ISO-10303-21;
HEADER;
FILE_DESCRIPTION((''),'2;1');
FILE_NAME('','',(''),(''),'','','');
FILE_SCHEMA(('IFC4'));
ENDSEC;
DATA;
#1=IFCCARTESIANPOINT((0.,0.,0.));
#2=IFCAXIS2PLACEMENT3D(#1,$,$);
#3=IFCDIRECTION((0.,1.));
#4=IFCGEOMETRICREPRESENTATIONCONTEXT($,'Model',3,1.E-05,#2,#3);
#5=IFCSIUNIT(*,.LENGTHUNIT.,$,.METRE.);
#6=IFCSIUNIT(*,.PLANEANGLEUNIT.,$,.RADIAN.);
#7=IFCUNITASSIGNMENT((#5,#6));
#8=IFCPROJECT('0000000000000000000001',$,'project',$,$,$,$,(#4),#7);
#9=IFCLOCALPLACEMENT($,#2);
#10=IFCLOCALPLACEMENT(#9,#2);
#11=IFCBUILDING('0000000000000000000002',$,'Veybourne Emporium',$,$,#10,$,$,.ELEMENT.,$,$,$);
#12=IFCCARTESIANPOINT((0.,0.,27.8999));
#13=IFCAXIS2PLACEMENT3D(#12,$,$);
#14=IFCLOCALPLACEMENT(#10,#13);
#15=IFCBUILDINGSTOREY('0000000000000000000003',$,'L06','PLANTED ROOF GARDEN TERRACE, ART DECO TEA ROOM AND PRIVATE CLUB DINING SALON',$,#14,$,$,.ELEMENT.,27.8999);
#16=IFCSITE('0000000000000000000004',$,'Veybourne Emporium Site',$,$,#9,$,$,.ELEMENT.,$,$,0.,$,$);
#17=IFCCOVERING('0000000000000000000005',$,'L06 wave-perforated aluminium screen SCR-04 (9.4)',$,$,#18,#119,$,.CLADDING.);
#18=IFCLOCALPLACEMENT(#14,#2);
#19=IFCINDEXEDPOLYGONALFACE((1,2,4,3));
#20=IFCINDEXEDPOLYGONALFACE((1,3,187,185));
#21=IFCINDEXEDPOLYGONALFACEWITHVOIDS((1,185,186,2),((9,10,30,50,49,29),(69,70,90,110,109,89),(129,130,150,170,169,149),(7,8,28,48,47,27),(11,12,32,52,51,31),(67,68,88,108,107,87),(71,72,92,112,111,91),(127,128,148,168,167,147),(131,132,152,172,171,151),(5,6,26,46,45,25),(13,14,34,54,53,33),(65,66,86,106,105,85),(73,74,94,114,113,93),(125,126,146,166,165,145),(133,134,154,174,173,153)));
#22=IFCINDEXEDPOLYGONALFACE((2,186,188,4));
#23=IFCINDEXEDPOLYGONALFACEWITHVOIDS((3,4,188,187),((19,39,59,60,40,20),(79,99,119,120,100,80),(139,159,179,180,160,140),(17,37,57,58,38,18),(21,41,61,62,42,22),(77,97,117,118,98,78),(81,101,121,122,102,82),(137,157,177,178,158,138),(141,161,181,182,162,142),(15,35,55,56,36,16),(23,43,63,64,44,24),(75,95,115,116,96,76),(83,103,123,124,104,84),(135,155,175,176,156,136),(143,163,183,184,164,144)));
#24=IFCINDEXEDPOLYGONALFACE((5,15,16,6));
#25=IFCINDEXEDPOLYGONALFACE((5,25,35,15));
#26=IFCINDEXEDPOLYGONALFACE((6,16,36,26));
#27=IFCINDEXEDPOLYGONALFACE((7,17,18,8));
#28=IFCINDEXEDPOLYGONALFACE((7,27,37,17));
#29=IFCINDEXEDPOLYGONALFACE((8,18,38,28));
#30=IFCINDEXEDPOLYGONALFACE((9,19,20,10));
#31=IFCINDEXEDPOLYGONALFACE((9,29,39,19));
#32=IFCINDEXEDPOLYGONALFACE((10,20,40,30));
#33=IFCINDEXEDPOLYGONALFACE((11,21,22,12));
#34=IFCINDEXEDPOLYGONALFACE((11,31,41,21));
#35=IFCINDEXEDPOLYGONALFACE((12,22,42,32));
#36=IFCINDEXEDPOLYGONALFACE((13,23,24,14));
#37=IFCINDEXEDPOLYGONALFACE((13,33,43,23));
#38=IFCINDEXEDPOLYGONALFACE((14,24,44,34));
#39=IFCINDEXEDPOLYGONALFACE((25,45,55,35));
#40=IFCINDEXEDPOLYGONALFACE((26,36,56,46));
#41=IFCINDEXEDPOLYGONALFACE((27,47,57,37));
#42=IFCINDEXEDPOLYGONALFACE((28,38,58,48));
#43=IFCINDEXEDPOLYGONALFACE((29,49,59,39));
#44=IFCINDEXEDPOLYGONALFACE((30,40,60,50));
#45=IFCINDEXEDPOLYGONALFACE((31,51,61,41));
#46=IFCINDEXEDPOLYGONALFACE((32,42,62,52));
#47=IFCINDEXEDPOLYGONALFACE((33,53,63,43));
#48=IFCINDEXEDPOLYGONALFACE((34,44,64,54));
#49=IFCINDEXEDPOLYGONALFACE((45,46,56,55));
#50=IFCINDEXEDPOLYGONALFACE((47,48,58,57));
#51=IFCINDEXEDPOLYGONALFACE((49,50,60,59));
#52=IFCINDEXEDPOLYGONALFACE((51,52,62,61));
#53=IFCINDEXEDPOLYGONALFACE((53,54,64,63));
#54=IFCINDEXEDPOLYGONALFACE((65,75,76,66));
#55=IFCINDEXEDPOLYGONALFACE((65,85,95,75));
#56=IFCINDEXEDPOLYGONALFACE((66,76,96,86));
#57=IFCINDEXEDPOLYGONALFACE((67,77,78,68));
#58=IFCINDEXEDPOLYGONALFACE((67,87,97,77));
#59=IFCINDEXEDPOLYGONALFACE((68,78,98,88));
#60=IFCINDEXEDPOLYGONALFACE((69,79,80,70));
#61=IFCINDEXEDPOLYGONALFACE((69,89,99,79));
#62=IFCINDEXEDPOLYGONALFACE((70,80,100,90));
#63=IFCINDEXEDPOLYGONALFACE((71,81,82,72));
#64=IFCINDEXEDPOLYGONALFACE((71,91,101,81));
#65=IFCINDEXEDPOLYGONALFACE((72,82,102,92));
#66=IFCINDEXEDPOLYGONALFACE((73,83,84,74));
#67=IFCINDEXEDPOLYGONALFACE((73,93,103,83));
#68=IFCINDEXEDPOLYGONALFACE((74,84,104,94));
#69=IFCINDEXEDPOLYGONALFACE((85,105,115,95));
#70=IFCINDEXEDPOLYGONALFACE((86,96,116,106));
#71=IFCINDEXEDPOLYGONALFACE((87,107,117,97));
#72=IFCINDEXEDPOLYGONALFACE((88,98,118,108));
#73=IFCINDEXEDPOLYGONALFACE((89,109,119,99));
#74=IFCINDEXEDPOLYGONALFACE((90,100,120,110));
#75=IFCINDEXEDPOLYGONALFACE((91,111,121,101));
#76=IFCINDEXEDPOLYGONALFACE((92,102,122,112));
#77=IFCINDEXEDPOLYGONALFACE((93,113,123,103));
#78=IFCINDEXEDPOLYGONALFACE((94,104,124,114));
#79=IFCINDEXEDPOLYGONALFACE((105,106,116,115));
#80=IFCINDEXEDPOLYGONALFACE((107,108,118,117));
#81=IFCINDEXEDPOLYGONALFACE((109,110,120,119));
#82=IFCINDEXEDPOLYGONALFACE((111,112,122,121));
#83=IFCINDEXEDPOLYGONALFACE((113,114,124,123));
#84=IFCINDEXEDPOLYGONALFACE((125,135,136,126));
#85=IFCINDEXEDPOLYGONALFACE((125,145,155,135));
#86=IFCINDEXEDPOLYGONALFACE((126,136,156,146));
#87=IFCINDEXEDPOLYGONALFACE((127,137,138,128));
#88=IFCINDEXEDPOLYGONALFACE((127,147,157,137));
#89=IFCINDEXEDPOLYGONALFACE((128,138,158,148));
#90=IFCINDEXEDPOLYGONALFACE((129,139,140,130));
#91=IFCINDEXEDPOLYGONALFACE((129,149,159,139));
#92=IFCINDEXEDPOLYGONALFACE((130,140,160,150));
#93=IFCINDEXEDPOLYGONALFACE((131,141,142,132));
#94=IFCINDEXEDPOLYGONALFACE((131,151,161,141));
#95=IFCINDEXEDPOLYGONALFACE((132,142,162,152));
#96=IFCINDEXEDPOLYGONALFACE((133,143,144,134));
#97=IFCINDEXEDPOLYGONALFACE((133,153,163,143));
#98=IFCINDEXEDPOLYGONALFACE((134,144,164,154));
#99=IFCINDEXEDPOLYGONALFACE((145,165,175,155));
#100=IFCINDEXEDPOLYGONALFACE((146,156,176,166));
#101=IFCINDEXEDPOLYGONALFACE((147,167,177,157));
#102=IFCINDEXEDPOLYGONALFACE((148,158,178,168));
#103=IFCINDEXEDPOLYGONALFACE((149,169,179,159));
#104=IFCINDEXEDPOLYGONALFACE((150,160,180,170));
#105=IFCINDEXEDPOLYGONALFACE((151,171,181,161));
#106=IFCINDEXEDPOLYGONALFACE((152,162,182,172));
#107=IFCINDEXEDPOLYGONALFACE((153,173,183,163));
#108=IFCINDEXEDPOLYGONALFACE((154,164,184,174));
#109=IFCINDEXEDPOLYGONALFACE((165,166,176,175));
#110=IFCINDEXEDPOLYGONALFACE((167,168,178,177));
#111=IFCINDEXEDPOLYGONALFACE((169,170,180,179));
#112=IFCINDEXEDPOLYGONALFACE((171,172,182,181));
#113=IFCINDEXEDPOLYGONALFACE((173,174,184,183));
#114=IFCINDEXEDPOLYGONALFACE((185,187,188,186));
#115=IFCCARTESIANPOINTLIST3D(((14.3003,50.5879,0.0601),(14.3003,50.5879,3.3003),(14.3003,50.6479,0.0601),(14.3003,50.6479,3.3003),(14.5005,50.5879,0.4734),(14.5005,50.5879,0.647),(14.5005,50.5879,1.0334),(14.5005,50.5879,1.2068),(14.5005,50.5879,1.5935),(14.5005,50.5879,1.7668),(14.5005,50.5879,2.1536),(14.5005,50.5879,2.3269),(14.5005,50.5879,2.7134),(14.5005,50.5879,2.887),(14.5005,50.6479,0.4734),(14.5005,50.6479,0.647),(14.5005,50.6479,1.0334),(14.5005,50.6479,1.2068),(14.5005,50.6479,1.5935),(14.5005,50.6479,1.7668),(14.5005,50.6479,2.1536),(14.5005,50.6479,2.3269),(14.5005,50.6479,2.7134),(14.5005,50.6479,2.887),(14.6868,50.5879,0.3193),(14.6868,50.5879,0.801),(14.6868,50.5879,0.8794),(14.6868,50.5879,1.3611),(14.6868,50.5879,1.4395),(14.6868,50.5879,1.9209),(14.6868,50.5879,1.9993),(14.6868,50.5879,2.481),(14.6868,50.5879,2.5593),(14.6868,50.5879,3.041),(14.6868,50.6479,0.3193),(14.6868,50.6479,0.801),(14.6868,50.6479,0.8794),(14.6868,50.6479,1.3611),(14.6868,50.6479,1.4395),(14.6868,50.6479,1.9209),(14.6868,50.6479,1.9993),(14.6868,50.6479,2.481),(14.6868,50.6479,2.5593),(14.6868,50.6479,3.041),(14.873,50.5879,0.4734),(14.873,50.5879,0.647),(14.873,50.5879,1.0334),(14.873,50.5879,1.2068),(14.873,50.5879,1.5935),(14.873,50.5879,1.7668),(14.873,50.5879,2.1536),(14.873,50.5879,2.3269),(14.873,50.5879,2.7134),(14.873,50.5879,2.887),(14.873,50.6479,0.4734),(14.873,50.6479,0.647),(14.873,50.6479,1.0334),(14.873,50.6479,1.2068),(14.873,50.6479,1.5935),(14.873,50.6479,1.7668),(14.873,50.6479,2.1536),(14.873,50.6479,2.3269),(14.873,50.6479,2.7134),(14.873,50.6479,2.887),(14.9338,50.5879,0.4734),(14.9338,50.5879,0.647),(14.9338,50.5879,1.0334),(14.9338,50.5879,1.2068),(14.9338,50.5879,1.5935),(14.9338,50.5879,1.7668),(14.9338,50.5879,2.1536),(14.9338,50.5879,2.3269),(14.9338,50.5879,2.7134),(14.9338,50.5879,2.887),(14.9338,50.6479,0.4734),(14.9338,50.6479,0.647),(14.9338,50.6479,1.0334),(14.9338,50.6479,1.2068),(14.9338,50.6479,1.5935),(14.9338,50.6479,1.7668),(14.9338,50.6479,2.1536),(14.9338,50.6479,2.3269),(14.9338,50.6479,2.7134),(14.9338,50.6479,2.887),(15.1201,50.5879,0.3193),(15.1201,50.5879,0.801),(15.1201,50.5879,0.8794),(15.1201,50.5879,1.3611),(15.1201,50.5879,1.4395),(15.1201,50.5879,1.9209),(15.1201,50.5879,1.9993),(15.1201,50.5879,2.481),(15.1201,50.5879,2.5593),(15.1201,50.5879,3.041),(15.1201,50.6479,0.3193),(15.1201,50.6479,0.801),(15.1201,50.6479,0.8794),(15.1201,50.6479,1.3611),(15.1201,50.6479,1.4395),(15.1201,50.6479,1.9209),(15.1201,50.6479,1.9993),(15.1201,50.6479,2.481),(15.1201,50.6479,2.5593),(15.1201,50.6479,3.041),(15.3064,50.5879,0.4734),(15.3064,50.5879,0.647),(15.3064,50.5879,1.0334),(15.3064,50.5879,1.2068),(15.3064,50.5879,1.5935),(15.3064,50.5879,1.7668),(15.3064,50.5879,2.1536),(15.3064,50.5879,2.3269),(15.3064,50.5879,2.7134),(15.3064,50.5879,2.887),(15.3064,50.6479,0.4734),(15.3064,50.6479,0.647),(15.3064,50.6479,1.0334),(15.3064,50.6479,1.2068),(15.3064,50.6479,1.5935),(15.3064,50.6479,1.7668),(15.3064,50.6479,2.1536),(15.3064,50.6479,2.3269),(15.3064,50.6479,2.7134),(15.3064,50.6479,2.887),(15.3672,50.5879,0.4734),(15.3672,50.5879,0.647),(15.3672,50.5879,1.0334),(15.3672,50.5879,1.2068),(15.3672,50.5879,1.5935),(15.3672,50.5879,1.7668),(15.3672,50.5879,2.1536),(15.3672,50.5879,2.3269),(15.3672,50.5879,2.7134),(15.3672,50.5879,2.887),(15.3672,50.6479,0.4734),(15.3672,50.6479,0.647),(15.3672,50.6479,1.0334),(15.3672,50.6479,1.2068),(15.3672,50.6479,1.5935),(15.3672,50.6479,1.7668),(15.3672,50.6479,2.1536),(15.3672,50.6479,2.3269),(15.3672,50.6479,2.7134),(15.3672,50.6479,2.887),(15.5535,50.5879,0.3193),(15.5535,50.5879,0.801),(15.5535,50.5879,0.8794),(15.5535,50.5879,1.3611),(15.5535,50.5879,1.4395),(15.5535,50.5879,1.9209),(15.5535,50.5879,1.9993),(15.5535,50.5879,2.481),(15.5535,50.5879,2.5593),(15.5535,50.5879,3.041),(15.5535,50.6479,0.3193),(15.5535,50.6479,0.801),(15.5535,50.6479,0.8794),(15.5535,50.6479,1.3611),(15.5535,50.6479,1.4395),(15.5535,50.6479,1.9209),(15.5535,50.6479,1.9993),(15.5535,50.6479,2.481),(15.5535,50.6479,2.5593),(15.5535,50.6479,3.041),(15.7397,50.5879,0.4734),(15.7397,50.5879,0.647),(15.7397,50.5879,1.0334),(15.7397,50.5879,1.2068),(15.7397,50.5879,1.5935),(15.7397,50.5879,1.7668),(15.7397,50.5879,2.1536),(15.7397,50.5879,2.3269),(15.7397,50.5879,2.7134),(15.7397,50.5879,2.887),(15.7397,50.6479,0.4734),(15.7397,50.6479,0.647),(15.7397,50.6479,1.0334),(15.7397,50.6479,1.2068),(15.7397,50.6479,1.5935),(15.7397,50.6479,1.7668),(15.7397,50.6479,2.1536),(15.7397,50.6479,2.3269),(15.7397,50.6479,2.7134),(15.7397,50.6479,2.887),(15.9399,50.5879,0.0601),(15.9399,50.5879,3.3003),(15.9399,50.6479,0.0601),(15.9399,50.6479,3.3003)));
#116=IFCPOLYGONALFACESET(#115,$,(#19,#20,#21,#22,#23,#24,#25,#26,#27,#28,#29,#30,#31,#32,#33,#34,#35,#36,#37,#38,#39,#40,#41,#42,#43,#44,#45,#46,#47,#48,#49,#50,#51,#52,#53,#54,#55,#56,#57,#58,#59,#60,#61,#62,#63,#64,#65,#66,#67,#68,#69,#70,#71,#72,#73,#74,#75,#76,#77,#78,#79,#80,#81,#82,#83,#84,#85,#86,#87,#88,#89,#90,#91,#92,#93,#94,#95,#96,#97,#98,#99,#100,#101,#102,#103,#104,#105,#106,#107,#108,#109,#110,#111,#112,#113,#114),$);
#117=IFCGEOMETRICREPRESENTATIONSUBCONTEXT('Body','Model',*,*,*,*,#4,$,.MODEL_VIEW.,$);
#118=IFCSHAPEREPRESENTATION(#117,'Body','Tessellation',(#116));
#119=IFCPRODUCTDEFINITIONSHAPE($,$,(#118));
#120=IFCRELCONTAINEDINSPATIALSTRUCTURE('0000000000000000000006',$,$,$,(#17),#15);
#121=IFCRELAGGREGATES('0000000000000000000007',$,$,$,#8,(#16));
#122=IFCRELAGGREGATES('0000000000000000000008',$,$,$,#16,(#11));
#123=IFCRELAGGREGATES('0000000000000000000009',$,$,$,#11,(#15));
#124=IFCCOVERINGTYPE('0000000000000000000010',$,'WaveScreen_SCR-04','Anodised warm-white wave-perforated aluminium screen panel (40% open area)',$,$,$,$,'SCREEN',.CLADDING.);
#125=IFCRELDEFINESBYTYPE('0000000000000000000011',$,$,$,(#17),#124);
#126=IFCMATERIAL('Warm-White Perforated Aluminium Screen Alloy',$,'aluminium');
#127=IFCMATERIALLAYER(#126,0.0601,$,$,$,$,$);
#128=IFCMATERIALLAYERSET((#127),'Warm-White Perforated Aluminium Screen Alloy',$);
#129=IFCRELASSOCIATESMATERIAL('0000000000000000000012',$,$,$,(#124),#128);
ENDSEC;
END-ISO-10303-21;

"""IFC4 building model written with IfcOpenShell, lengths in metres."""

from ifc_helpers import new_model, si_unit, direction, frame, origin, place, context, subcontext, project, spatial, polyline, outline, extrude, material, layer, layer_set, type_object, element, save


model = new_model("IFC4")

# Units and contexts
model_context = context("Model", 3, precision=1e-05, world=origin(), true_north=direction((0.0, 1.0)))
body_context = subcontext(model_context, "Body", "Model", "MODEL_VIEW")
ifc_project = project(units=[si_unit("LENGTHUNIT", "METRE"), si_unit("PLANEANGLEUNIT", "RADIAN")], contexts=[model_context])

# Site, building, storey
site_placement = place(None, origin())
site = spatial("IfcSite", under=ifc_project, at=site_placement, Name="Veybourne Emporium Site", CompositionType="ELEMENT", RefElevation=0.0)
building_placement = place(site_placement, origin())
building = spatial("IfcBuilding", under=site, at=building_placement, Name="Veybourne Emporium", CompositionType="ELEMENT")
storey_placement = place(building_placement, frame((0.0, 0.0, 27.8999)))
storey = spatial("IfcBuildingStorey", under=building, at=storey_placement, Name="L06", Description="PLANTED ROOF GARDEN TERRACE, ART DECO TEA ROOM AND PRIVATE CLUB DINING SALON", CompositionType="ELEMENT", Elevation=27.8999)

# Covering
ifc_material_1 = material(Name="Warm-White Perforated Aluminium Screen Alloy", Category="aluminium")
ifc_layer_1 = layer(ifc_material_1, 0.0601)
ifc_layer_set_1 = layer_set([ifc_layer_1], Name="Warm-White Perforated Aluminium Screen Alloy")
covering_type_1 = type_object("IfcCoveringType", Name="WaveScreen_SCR-04", Description="Anodised warm-white wave-perforated aluminium screen panel (40% open area)", ElementType="SCREEN", PredefinedType="CLADDING", material=ifc_layer_set_1)
covering_1_placement = place(storey_placement, frame((15.1201, 50.6479, 1.6802), z_axis=(0.0, -1.0, 0.0), x_axis=(1.0, 0.0, 0.0)))
element("IfcCovering", 1, at=covering_1_placement, inside=storey, type_object=covering_type_1, Name="L06 wave-perforated aluminium screen SCR-04 (9.4)", PredefinedType="CLADDING", context=body_context, shape_type="SweptSolid", body=[
    extrude(outline(polyline([(-0.8198, -1.6201), (0.8198, -1.6201), (0.8198, 1.6201), (-0.8198, 1.6201), (-0.8198, -1.6201)]), holes=[polyline([(-0.4333, -0.8792), (-0.2471, -1.0332), (-0.2471, -1.2068), (-0.4333, -1.3608), (-0.6196, -1.2068), (-0.6196, -1.0332), (-0.4333, -0.8792)]), polyline([(-0.4333, -0.3191), (-0.2471, -0.4734), (-0.2471, -0.6467), (-0.4333, -0.8008), (-0.6196, -0.6467), (-0.6196, -0.4734), (-0.4333, -0.3191)]), polyline([(-0.4333, 0.2407), (-0.2471, 0.0867), (-0.2471, -0.0867), (-0.4333, -0.2407), (-0.6196, -0.0867), (-0.6196, 0.0867), (-0.4333, 0.2407)]), polyline([(-0.4333, 0.8008), (-0.2471, 0.6467), (-0.2471, 0.4734), (-0.4333, 0.3191), (-0.6196, 0.4734), (-0.6196, 0.6467), (-0.4333, 0.8008)]), polyline([(-0.4333, 1.3608), (-0.2471, 1.2068), (-0.2471, 1.0332), (-0.4333, 0.8792), (-0.6196, 1.0332), (-0.6196, 1.2068), (-0.4333, 1.3608)]), polyline([(0.0, -0.8792), (0.1863, -1.0332), (0.1863, -1.2068), (0.0, -1.3608), (-0.1863, -1.2068), (-0.1863, -1.0332), (0.0, -0.8792)]), polyline([(0.0, -0.3191), (0.1863, -0.4734), (0.1863, -0.6467), (0.0, -0.8008), (-0.1863, -0.6467), (-0.1863, -0.4734), (0.0, -0.3191)]), polyline([(0.0, 0.2407), (0.1863, 0.0867), (0.1863, -0.0867), (0.0, -0.2407), (-0.1863, -0.0867), (-0.1863, 0.0867), (0.0, 0.2407)]), polyline([(0.0, 0.8008), (0.1863, 0.6467), (0.1863, 0.4734), (0.0, 0.3191), (-0.1863, 0.4734), (-0.1863, 0.6467), (0.0, 0.8008)]), polyline([(0.0, 1.3608), (0.1863, 1.2068), (0.1863, 1.0332), (0.0, 0.8792), (-0.1863, 1.0332), (-0.1863, 1.2068), (0.0, 1.3608)]), polyline([(0.4333, -0.8792), (0.6196, -1.0332), (0.6196, -1.2068), (0.4333, -1.3608), (0.2471, -1.2068), (0.2471, -1.0332), (0.4333, -0.8792)]), polyline([(0.4333, -0.3191), (0.6196, -0.4734), (0.6196, -0.6467), (0.4333, -0.8008), (0.2471, -0.6467), (0.2471, -0.4734), (0.4333, -0.3191)]), polyline([(0.4333, 0.2407), (0.6196, 0.0867), (0.6196, -0.0867), (0.4333, -0.2407), (0.2471, -0.0867), (0.2471, 0.0867), (0.4333, 0.2407)]), polyline([(0.4333, 0.8008), (0.6196, 0.6467), (0.6196, 0.4734), (0.4333, 0.3191), (0.2471, 0.4734), (0.2471, 0.6467), (0.4333, 0.8008)]), polyline([(0.4333, 1.3608), (0.6196, 1.2068), (0.6196, 1.0332), (0.4333, 0.8792), (0.2471, 1.0332), (0.2471, 1.2068), (0.4333, 1.3608)])]), origin(), (0.0, 0.0, 1.0), 0.0601),
])

save(model, "model.ifc")
